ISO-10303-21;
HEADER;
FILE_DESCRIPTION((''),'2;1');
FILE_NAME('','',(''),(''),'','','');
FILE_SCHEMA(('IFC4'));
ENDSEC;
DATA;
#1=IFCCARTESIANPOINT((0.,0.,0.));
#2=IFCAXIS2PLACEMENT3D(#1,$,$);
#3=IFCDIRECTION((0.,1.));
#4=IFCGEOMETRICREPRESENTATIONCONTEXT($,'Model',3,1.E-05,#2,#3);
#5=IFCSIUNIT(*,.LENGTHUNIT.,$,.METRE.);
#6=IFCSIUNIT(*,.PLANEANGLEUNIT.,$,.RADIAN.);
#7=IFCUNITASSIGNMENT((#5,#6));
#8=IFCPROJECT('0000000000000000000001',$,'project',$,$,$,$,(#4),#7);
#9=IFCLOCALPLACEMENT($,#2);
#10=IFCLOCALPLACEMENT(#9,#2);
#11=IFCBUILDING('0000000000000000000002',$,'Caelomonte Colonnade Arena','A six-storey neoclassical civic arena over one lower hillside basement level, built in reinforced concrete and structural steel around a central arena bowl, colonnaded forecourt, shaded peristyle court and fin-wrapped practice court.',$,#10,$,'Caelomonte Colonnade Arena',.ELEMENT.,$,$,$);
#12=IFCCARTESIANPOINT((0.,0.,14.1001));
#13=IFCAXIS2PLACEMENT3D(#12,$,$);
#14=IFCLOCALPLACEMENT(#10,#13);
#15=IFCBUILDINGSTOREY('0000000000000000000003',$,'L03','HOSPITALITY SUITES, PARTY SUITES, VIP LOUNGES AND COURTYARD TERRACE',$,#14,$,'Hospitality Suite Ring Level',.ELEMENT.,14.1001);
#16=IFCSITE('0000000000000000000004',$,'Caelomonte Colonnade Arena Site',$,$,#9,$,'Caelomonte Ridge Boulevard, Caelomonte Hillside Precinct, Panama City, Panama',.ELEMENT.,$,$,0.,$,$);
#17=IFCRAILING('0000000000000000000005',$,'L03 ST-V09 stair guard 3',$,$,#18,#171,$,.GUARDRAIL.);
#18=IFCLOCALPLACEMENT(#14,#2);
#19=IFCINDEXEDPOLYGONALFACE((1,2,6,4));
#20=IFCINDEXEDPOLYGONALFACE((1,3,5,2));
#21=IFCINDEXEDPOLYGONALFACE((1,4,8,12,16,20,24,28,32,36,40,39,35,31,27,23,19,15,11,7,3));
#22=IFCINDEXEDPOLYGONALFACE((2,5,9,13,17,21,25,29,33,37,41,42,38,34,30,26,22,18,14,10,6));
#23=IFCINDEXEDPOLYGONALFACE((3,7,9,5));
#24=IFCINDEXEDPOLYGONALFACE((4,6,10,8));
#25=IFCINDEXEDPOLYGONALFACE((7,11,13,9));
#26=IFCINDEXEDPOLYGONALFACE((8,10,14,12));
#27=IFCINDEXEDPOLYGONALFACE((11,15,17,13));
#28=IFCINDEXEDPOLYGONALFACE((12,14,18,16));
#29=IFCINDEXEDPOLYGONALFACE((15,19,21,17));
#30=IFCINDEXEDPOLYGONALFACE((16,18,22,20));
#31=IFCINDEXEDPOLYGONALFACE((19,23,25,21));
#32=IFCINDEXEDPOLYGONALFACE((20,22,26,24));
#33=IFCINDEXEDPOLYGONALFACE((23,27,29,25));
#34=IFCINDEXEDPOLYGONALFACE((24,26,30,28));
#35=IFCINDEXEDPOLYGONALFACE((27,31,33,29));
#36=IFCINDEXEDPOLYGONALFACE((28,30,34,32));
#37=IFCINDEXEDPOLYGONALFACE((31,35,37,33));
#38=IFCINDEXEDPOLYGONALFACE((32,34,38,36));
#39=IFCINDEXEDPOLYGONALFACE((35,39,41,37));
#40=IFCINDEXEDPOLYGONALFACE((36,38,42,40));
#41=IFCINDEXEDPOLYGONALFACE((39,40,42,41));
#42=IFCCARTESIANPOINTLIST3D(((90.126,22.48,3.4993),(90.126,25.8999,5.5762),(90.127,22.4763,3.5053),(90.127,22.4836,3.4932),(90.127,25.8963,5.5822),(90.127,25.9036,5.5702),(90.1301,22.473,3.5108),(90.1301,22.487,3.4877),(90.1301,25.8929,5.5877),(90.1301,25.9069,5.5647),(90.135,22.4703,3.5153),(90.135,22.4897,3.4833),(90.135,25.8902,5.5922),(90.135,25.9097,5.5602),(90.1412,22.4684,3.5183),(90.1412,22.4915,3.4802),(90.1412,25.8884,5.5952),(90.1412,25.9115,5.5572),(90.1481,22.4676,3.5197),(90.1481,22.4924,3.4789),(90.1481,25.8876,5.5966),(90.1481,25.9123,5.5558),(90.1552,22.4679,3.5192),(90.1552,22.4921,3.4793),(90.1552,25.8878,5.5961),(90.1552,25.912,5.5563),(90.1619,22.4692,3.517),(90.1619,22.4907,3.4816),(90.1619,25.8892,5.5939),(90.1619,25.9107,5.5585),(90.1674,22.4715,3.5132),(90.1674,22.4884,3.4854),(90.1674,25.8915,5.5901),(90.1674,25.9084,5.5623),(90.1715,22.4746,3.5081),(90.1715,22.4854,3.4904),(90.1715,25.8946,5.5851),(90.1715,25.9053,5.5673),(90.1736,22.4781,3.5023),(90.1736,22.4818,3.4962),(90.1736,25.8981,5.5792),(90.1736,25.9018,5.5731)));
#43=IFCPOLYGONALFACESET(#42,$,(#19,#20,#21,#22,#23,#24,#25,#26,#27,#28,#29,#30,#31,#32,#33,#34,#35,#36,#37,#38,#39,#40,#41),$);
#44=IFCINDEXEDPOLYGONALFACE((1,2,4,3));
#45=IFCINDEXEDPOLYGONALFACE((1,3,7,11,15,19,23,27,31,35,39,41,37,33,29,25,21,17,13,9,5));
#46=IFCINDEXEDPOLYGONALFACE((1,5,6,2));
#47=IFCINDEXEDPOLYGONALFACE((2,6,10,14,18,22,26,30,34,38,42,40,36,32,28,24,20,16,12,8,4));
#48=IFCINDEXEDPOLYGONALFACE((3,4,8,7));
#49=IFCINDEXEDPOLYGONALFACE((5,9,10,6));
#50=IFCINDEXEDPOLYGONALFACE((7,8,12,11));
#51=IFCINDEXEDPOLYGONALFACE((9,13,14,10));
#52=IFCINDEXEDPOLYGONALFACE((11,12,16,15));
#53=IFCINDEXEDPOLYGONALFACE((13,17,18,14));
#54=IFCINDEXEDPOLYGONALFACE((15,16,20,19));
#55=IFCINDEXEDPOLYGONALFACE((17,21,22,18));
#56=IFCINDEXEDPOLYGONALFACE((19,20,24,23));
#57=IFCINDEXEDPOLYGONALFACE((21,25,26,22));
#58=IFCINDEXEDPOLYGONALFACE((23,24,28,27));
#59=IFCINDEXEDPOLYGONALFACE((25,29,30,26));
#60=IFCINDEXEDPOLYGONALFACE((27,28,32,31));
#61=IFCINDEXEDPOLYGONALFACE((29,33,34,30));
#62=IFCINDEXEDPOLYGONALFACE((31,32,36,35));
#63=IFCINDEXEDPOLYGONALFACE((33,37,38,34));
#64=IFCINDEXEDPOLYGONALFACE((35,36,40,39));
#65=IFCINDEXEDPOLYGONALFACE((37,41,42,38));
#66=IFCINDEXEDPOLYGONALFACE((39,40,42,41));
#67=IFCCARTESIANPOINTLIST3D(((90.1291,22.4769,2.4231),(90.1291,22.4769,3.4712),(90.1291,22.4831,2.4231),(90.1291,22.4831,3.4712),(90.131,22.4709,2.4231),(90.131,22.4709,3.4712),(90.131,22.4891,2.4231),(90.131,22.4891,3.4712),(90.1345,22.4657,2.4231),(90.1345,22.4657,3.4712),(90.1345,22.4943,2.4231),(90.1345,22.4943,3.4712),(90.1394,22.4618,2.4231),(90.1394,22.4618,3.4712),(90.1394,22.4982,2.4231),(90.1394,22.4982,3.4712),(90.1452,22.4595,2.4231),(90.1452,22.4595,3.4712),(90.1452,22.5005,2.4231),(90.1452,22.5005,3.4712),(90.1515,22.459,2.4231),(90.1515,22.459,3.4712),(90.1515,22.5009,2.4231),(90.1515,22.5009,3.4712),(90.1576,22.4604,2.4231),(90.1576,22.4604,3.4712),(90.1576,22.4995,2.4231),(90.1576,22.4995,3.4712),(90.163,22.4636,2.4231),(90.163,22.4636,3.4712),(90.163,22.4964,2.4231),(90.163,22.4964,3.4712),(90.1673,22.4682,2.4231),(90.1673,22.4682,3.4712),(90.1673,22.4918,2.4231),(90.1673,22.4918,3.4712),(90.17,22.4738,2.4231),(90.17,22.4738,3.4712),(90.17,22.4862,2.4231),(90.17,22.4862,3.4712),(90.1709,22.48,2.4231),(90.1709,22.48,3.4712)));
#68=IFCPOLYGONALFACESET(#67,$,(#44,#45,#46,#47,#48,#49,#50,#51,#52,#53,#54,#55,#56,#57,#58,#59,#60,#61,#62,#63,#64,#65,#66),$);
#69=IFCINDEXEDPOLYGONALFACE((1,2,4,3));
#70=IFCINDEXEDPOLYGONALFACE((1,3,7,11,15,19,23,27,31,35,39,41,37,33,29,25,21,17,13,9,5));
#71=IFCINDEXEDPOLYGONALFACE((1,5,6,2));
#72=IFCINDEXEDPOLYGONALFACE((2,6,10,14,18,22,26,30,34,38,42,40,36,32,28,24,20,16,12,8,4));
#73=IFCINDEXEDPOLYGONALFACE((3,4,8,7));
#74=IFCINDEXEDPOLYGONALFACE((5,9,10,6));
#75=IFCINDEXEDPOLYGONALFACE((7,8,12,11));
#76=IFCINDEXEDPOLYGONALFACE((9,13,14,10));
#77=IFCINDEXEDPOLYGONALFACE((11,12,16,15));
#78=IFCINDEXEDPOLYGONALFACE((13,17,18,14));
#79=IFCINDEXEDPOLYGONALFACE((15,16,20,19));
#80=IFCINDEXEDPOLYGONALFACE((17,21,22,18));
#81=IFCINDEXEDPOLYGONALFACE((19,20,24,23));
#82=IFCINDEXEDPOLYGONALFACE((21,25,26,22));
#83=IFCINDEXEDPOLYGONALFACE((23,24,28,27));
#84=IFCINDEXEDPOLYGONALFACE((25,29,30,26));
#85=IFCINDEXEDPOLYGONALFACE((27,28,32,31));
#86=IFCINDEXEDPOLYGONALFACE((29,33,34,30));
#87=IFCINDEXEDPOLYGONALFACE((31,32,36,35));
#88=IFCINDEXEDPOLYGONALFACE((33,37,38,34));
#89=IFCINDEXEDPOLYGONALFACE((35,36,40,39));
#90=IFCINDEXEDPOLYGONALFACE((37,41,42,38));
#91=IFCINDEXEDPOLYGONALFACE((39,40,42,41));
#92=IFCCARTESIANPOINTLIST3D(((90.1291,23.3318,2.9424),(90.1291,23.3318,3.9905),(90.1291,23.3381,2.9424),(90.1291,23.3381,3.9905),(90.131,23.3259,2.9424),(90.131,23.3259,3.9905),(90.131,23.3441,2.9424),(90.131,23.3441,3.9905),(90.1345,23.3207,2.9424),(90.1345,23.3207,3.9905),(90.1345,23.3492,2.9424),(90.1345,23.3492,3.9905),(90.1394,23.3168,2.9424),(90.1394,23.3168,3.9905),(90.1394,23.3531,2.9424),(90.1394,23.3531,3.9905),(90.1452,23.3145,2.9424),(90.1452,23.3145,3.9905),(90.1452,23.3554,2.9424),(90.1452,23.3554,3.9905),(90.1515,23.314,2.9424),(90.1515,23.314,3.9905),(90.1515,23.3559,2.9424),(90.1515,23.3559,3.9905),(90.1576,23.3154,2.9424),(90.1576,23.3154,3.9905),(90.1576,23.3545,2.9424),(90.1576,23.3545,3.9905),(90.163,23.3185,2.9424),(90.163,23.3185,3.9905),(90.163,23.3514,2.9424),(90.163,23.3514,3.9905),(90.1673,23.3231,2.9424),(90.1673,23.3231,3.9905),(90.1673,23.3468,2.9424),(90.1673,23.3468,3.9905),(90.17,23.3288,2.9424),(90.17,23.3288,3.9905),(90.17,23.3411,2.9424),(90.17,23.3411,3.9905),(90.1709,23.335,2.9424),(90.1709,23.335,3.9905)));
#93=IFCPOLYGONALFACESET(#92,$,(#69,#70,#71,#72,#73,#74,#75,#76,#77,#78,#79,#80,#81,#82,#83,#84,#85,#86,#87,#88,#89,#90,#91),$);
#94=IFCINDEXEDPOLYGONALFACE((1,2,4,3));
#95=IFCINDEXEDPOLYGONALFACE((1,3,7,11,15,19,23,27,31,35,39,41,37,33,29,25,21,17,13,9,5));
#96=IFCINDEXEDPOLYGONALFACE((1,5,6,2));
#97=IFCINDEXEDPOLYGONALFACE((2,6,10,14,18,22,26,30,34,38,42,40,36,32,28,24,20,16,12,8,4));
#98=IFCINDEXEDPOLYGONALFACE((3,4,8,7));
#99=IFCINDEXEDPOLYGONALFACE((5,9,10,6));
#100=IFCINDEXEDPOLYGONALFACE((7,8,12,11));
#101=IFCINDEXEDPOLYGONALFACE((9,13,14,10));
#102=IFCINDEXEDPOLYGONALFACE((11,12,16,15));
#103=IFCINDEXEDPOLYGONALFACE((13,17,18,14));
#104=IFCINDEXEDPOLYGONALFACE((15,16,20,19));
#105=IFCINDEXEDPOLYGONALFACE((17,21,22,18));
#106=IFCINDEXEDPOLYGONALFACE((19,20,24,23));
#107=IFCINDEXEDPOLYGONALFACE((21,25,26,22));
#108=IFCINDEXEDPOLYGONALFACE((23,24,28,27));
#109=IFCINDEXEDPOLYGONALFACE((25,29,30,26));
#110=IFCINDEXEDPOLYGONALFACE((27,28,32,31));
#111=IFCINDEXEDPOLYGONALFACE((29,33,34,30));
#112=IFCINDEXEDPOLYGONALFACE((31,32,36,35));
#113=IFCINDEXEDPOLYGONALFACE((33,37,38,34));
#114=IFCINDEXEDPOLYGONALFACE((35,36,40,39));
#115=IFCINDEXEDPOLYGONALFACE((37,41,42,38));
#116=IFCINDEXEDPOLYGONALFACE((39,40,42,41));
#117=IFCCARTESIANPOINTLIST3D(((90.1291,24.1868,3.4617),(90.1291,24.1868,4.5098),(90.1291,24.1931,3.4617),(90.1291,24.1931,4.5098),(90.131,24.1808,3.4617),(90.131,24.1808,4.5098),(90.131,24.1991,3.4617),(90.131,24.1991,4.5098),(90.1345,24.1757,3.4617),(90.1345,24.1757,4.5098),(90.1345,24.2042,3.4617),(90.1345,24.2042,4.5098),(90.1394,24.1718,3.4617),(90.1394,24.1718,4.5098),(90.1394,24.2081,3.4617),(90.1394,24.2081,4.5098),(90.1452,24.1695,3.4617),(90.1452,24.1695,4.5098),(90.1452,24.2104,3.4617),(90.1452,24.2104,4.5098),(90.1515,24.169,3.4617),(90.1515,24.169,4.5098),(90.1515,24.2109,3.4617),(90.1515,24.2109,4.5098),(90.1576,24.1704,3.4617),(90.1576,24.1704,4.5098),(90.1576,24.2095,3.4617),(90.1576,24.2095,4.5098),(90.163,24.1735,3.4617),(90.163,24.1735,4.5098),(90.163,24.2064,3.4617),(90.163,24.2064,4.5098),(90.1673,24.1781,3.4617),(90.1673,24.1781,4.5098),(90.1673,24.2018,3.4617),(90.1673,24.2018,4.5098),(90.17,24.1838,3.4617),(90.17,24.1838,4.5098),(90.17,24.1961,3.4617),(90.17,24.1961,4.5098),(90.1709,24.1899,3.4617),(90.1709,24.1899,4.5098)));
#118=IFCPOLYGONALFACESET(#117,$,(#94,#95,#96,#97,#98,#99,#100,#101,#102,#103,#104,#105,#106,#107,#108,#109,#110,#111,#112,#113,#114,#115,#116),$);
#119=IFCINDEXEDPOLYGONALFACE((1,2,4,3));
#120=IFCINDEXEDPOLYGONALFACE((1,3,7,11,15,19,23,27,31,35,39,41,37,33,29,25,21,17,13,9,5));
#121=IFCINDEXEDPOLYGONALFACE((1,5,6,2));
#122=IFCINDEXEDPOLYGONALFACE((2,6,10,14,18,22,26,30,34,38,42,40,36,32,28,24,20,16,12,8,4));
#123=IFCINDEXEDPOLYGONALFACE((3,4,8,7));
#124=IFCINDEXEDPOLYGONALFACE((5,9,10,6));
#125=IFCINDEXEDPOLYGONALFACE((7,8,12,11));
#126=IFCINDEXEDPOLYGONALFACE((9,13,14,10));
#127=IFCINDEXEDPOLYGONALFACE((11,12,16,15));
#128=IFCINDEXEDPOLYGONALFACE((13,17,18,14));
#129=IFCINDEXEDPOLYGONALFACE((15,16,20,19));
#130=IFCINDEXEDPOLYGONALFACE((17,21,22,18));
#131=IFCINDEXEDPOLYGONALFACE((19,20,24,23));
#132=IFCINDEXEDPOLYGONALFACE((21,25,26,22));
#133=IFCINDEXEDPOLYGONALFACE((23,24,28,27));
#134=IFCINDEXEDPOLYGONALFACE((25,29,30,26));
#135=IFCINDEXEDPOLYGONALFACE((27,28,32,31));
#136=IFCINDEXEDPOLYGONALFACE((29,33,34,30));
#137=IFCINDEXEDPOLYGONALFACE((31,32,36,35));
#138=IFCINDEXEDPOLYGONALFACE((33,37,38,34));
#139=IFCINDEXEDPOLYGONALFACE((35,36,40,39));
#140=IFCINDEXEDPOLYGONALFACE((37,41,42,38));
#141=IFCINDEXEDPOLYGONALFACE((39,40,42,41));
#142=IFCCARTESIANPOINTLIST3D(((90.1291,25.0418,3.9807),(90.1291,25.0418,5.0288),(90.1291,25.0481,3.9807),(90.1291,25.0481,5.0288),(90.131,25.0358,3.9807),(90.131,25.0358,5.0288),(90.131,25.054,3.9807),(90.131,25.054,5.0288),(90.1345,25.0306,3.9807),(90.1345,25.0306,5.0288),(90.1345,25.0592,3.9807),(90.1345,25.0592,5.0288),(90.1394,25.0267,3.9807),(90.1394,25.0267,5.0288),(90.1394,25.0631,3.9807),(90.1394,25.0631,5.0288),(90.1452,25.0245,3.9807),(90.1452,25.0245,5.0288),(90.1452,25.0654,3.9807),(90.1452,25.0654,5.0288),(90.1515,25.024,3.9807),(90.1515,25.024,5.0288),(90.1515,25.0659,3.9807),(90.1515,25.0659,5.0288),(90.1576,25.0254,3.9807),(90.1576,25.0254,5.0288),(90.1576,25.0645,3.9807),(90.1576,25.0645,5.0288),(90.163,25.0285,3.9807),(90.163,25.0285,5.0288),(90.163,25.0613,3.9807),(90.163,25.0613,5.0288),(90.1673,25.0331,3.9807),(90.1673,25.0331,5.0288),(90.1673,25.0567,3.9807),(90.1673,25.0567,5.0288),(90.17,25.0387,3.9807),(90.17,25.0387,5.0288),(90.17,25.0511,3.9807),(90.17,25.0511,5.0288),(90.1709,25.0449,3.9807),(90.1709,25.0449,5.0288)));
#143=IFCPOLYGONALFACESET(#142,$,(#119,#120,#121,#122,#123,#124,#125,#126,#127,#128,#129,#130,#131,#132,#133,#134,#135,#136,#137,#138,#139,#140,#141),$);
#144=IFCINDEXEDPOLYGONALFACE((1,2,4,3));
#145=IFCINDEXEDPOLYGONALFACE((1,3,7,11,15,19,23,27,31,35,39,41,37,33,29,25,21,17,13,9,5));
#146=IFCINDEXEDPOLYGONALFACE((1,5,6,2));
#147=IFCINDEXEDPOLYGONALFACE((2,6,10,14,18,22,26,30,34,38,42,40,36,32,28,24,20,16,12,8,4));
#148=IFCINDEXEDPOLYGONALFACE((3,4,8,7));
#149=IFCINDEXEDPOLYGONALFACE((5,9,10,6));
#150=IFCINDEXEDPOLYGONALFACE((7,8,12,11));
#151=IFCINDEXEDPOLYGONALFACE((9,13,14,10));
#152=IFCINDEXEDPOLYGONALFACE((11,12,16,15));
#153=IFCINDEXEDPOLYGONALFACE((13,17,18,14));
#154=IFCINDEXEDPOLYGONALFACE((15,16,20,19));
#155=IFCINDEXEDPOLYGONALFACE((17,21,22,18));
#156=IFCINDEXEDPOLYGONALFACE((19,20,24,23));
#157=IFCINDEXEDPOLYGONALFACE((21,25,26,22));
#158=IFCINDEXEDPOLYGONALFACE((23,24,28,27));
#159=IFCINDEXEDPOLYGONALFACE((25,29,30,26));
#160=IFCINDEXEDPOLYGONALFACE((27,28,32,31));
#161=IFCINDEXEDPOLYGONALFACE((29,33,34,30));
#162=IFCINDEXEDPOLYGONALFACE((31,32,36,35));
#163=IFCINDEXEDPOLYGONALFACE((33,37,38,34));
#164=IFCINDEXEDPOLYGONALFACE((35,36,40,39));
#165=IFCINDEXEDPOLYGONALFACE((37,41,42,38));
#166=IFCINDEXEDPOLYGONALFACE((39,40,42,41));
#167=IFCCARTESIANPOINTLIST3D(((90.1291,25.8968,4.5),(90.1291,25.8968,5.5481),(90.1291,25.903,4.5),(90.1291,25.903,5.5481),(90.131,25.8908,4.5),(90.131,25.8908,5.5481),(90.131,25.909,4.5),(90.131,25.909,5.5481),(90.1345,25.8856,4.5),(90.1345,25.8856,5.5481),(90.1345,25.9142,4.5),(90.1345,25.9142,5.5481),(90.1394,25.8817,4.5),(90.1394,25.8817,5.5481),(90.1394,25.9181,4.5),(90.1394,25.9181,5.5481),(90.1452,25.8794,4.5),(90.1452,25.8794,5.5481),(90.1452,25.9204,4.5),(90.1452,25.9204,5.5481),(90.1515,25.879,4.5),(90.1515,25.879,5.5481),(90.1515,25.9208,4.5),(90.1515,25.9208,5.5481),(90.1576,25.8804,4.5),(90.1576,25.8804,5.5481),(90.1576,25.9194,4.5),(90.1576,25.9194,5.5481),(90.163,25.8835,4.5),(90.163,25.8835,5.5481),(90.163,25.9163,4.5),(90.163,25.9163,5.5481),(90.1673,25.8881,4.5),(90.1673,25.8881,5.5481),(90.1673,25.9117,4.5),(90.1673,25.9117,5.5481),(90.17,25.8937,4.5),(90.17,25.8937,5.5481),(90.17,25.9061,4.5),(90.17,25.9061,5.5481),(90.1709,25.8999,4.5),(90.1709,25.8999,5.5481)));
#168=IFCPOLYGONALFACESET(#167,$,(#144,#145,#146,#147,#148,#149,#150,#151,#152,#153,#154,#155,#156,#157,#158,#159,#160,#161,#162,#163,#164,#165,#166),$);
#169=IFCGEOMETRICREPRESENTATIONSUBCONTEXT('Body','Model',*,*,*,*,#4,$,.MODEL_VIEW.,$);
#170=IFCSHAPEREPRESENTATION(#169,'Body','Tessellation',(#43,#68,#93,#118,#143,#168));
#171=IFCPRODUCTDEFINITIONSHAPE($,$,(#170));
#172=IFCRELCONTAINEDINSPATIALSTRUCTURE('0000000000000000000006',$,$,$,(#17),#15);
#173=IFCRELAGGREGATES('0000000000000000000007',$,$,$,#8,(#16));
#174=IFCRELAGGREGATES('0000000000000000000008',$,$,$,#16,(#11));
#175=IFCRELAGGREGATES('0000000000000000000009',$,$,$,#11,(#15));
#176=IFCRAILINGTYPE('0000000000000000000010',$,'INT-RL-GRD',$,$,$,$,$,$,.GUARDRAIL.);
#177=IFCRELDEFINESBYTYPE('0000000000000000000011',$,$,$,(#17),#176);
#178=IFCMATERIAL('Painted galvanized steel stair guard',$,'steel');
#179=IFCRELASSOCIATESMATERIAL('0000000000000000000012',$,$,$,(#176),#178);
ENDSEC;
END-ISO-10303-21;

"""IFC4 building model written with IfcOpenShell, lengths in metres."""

from ifc_helpers import new_model, si_unit, direction, frame, origin, origin_2d, place, context, subcontext, project, spatial, circle, extrude, material, type_object, element, save


model = new_model("IFC4")

# Units and contexts
model_context = context("Model", 3, precision=1e-05, world=origin(), true_north=direction((0.0, 1.0)))
body_context = subcontext(model_context, "Body", "Model", "MODEL_VIEW")
ifc_project = project(units=[si_unit("LENGTHUNIT", "METRE"), si_unit("PLANEANGLEUNIT", "RADIAN")], contexts=[model_context])

# Site, building, storey
site_placement = place(None, origin())
site = spatial("IfcSite", under=ifc_project, at=site_placement, Name="Caelomonte Colonnade Arena Site", LongName="Caelomonte Ridge Boulevard, Caelomonte Hillside Precinct, Panama City, Panama", CompositionType="ELEMENT", RefElevation=0.0)
building_placement = place(site_placement, origin())
building = spatial("IfcBuilding", under=site, at=building_placement, Name="Caelomonte Colonnade Arena", Description="A six-storey neoclassical civic arena over one lower hillside basement level, built in reinforced concrete and structural steel around a central arena bowl, colonnaded forecourt, shaded peristyle court and fin-wrapped practice court.", LongName="Caelomonte Colonnade Arena", CompositionType="ELEMENT")
storey_placement = place(building_placement, frame((0.0, 0.0, 14.1001)))
storey = spatial("IfcBuildingStorey", under=building, at=storey_placement, Name="L03", Description="HOSPITALITY SUITES, PARTY SUITES, VIP LOUNGES AND COURTYARD TERRACE", LongName="Hospitality Suite Ring Level", CompositionType="ELEMENT", Elevation=14.1001)

# Railing
ifc_material_1 = material(Name="Painted galvanized steel stair guard", Category="steel")
railing_type_1 = type_object("IfcRailingType", Name="INT-RL-GRD", PredefinedType="GUARDRAIL", material=ifc_material_1)
railing_1_placement = place(storey_placement, frame((90.1499, 22.48, 2.4231)))
element("IfcRailing", 1, at=railing_1_placement, inside=storey, type_object=railing_type_1, Name="L03 ST-V09 stair guard 3", PredefinedType="GUARDRAIL", context=body_context, shape_type="SweptSolid", body=[
    extrude(circle(Radius=0.0239, at=origin_2d()), frame((0.0, 0.0, 1.0762), z_axis=(0.0, 0.85473, 0.519074), x_axis=(-1.0, 0.0, 0.0)), (0.0, 0.0, 1.0), 4.0012),
    extrude(circle(Radius=0.021, at=origin_2d()), origin(), (0.0, 0.0, 1.0), 1.0481),
    extrude(circle(Radius=0.021, at=origin_2d()), frame((0.0, 0.855, 0.5193)), (0.0, 0.0, 1.0), 1.0481),
    extrude(circle(Radius=0.021, at=origin_2d()), frame((0.0, 1.71, 1.0386)), (0.0, 0.0, 1.0), 1.0481),
    extrude(circle(Radius=0.021, at=origin_2d()), frame((0.0, 2.5649, 1.5576)), (0.0, 0.0, 1.0), 1.0481),
    extrude(circle(Radius=0.021, at=origin_2d()), frame((0.0, 3.4199, 2.0769)), (0.0, 0.0, 1.0), 1.0481),
])

save(model, "model.ifc")
